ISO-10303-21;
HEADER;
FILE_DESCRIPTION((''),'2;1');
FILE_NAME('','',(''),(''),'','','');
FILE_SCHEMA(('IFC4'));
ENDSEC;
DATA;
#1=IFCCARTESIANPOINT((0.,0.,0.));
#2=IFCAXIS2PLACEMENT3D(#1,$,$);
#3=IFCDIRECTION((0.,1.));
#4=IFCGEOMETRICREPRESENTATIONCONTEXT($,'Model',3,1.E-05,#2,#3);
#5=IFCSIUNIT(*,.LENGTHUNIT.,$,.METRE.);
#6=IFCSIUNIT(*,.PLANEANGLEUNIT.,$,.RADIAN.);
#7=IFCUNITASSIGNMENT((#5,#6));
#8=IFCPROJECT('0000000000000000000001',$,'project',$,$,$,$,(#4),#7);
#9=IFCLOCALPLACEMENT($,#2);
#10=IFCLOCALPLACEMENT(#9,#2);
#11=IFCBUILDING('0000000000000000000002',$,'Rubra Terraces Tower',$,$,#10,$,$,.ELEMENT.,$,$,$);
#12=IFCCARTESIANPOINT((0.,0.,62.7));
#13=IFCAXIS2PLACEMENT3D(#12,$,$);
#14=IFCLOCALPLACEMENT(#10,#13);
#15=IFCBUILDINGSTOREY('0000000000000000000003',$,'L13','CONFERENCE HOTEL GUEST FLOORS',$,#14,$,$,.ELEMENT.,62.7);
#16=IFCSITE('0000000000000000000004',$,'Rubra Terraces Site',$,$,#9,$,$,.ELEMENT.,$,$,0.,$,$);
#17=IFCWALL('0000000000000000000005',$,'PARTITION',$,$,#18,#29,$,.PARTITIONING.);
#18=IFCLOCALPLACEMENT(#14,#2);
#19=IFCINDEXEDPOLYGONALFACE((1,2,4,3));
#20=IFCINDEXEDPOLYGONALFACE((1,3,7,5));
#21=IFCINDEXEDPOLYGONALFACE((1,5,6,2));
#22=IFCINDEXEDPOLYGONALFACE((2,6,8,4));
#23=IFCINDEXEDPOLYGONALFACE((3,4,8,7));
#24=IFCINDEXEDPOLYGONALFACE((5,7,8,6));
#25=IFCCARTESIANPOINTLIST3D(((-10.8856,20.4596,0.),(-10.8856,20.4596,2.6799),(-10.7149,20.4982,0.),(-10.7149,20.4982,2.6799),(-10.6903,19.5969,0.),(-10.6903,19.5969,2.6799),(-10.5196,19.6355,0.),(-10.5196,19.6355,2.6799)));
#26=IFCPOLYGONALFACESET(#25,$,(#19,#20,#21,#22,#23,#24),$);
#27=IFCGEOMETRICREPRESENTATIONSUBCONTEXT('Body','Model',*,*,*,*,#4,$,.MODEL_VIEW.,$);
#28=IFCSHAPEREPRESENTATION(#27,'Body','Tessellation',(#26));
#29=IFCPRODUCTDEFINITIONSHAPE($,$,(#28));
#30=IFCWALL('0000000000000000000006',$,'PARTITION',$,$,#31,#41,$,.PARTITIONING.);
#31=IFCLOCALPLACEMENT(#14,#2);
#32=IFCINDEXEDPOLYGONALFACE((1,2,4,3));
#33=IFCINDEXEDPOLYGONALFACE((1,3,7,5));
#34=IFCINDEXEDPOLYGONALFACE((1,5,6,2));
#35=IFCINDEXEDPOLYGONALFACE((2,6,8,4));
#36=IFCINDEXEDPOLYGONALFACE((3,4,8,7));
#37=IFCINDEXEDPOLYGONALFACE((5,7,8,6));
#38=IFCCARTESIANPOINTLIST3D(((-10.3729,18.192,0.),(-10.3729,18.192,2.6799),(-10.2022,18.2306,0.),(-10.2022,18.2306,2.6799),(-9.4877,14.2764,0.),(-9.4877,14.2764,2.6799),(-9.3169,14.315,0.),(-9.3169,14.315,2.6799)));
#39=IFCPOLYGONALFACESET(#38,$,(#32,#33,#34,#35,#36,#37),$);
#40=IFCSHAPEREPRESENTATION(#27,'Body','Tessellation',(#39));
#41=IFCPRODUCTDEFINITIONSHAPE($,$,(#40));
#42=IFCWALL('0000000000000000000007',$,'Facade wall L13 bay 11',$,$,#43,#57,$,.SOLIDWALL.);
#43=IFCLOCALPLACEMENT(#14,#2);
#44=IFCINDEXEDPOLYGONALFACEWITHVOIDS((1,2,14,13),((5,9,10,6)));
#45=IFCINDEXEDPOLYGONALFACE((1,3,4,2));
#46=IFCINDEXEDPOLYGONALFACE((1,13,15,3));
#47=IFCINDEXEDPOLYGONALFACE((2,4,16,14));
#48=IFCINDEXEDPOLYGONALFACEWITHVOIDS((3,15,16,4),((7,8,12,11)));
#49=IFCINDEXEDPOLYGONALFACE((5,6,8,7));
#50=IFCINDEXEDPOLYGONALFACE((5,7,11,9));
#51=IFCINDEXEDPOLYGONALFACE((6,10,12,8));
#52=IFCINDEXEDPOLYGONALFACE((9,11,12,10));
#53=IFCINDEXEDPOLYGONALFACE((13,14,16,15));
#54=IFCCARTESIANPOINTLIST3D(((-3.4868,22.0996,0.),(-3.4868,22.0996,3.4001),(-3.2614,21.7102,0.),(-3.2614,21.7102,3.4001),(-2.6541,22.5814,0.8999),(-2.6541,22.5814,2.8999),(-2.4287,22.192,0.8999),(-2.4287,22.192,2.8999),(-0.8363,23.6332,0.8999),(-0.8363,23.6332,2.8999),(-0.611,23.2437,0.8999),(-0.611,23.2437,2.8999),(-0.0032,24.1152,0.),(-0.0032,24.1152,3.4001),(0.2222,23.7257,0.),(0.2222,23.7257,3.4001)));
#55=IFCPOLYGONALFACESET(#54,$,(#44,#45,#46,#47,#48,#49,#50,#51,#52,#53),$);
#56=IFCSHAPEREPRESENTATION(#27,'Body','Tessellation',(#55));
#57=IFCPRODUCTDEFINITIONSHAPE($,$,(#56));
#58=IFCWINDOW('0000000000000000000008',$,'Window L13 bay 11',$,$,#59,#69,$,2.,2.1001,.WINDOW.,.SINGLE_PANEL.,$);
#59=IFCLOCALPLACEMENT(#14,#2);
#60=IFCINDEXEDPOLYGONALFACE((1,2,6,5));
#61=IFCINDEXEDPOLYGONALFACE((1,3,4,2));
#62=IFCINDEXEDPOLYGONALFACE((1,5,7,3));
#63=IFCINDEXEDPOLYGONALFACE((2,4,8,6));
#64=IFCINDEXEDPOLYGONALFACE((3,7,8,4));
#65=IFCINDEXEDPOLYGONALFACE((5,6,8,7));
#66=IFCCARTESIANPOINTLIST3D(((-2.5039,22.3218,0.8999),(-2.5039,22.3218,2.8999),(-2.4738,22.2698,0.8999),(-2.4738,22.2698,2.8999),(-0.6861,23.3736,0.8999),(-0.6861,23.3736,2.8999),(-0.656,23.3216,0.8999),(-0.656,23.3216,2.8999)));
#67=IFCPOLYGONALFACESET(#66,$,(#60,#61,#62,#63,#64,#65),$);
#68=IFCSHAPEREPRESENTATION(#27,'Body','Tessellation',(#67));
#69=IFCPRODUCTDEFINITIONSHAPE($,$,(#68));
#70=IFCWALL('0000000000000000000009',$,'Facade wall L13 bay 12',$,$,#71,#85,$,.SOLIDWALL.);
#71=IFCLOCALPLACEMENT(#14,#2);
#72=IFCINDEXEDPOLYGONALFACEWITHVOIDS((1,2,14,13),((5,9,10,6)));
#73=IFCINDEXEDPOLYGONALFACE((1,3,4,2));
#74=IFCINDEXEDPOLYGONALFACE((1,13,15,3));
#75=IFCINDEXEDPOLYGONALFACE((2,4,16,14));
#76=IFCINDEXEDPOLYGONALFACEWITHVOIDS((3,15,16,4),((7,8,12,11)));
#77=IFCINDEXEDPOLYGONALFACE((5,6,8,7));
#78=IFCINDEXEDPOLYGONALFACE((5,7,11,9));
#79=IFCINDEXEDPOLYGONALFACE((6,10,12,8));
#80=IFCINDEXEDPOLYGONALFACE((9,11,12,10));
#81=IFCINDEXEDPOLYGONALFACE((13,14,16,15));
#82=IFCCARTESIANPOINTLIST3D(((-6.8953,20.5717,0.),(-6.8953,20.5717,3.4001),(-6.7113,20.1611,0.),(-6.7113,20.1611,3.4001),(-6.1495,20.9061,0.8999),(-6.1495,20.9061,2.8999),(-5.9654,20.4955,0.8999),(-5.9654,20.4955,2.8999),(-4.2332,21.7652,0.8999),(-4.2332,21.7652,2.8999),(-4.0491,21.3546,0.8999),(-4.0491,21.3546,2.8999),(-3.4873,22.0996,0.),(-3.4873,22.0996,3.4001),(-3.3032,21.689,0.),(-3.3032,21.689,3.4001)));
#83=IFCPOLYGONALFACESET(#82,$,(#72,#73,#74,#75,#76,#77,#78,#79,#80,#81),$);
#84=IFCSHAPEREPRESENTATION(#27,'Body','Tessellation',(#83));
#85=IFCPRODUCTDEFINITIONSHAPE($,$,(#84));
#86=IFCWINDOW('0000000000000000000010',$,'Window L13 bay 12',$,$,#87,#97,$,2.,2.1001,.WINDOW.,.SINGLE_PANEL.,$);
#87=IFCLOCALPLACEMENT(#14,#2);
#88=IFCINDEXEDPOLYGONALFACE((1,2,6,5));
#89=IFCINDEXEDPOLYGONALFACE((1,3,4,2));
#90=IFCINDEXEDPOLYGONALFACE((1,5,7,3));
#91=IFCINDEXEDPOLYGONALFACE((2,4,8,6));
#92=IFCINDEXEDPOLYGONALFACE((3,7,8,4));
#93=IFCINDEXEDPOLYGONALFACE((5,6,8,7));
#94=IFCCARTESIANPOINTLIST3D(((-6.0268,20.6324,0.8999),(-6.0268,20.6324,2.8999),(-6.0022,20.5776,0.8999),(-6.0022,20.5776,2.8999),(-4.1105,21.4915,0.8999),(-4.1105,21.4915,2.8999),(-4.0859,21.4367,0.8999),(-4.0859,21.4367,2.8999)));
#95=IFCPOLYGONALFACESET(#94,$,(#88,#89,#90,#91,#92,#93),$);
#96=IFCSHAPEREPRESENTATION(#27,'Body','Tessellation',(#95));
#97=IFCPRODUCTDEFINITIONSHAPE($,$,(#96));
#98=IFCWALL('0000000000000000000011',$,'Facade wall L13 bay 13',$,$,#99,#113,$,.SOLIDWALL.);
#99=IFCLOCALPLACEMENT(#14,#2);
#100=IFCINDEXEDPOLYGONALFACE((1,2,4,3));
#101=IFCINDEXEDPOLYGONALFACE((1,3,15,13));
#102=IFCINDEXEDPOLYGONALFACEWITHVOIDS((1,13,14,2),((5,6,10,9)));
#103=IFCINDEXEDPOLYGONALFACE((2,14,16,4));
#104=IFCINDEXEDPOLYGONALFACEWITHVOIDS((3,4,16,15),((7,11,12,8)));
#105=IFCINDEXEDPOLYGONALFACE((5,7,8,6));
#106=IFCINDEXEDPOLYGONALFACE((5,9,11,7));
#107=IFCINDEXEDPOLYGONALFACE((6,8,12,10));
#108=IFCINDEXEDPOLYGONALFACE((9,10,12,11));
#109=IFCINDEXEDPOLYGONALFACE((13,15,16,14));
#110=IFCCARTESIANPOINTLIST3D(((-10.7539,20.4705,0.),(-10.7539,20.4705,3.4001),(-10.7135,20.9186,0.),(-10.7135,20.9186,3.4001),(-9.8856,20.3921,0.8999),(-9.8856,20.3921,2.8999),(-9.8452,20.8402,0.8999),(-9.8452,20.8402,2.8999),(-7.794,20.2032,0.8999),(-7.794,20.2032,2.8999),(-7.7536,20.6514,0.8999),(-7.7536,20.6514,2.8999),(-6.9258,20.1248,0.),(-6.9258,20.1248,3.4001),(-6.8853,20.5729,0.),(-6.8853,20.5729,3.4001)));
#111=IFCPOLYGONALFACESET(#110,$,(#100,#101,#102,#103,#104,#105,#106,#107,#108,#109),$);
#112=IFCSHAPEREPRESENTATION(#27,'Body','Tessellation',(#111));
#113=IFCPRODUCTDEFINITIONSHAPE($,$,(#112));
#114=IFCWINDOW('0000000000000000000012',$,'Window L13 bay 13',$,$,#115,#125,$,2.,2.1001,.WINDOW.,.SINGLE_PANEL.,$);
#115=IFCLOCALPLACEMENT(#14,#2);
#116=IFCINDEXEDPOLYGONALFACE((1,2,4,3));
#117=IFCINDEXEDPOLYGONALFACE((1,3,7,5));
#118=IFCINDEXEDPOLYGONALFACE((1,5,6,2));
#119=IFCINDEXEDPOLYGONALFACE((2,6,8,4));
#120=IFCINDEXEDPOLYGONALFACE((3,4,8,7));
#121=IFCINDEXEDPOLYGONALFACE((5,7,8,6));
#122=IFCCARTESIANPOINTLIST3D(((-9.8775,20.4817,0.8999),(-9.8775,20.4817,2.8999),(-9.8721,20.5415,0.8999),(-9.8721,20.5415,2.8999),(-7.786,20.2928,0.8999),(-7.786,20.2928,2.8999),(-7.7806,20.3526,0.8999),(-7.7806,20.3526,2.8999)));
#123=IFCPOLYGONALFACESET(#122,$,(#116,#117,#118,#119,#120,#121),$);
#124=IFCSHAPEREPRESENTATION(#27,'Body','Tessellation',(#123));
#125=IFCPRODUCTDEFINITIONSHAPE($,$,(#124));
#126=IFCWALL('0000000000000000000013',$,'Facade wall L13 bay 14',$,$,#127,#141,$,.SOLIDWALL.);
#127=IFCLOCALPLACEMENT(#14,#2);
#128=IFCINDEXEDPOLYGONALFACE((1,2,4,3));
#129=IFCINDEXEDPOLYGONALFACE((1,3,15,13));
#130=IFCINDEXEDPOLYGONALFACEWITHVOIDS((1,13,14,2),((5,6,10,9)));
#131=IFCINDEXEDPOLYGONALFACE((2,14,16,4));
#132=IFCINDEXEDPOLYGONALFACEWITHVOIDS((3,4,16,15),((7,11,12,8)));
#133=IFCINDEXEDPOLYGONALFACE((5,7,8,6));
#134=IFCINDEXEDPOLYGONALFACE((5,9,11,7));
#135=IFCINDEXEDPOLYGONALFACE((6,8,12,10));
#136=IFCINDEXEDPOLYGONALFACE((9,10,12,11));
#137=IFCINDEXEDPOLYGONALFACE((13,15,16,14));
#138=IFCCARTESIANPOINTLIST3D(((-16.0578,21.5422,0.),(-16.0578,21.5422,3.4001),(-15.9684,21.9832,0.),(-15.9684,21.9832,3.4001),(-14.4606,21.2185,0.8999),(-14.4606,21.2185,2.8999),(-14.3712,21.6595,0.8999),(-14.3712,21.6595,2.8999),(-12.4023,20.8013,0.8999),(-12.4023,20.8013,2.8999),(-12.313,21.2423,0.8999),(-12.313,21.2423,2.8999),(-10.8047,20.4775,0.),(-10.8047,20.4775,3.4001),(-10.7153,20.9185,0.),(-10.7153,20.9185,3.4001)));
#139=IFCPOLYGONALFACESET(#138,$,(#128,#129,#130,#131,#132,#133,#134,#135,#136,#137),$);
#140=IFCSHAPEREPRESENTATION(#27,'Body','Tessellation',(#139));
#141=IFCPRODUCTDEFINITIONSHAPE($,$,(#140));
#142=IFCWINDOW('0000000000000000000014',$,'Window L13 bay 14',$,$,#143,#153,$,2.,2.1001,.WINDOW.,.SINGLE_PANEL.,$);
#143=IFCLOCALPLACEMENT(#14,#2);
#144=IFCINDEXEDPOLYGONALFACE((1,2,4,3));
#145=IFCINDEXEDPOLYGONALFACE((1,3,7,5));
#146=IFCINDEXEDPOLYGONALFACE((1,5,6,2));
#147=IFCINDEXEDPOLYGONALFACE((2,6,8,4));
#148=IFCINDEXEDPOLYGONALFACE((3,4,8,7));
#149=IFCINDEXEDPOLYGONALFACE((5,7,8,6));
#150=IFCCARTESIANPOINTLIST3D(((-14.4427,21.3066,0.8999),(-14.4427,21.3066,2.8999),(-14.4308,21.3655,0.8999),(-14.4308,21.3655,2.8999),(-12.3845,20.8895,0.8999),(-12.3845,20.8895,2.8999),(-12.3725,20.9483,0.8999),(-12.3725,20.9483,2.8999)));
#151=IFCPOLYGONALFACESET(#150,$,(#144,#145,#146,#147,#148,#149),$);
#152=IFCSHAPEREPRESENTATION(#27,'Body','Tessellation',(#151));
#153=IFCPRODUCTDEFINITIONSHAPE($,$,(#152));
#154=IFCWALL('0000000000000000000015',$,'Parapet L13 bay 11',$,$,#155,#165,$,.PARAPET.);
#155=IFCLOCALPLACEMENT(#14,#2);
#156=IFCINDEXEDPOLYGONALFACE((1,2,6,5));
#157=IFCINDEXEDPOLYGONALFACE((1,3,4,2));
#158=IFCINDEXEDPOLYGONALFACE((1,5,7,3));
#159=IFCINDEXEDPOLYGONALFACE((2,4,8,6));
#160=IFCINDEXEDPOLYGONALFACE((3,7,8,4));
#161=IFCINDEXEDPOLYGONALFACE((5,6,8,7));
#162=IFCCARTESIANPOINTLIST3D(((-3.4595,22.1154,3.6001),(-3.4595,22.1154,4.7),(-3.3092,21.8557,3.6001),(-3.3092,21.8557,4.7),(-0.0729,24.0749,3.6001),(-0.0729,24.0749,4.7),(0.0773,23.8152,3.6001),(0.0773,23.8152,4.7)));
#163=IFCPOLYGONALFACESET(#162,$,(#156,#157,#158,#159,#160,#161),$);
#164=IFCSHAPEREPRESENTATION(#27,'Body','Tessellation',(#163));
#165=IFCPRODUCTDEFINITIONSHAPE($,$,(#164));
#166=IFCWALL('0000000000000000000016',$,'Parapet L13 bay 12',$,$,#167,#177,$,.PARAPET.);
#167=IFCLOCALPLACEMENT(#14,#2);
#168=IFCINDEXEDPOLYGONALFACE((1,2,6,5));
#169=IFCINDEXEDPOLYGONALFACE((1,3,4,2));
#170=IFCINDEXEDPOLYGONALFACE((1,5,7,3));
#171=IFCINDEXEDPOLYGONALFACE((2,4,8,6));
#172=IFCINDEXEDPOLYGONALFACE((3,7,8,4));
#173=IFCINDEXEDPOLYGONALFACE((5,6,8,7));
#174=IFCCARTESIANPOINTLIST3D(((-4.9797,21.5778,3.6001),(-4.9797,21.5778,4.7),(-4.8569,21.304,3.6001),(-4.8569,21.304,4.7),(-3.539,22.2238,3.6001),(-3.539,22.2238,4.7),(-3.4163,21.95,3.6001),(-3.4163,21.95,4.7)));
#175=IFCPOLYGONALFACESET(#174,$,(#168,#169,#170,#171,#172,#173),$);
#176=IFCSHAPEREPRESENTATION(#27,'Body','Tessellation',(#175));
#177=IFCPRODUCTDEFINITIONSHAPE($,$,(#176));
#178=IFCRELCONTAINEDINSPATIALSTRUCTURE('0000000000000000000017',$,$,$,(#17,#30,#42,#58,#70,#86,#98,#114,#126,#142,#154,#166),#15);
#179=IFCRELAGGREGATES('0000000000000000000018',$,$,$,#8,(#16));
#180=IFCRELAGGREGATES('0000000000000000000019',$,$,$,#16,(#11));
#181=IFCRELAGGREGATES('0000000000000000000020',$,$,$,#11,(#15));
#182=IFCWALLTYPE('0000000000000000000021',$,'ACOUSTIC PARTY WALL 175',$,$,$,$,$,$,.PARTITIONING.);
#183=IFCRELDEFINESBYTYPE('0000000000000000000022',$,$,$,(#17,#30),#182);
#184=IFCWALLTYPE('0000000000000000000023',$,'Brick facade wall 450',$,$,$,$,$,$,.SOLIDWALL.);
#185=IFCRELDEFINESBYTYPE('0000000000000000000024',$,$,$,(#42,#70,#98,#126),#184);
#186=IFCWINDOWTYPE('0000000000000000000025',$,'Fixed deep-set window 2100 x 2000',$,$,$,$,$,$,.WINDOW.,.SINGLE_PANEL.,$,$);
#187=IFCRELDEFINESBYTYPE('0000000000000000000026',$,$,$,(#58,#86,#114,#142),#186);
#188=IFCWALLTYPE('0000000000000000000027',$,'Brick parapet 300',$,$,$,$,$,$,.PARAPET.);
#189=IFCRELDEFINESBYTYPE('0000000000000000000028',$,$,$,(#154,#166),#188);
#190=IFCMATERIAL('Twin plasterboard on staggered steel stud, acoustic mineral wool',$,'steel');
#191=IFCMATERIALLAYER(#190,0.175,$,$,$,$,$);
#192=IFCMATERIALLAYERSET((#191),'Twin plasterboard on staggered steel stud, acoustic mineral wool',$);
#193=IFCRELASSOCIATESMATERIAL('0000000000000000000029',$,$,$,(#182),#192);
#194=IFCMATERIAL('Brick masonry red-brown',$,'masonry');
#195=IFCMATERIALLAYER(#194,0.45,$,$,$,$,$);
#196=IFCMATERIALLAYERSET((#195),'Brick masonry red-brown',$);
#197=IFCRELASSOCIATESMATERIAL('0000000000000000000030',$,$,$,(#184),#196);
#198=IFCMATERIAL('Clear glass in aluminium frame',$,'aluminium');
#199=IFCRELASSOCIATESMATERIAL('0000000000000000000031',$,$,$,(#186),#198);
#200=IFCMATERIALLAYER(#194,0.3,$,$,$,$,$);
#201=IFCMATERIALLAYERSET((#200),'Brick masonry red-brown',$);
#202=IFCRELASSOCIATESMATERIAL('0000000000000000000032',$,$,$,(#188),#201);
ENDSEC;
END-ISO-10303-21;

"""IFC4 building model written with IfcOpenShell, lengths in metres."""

from ifc_helpers import new_model, si_unit, direction, frame, frame_2d, origin, place, context, subcontext, project, spatial, rectangle, extrude, material, layer, layer_set, type_object, element, fill, save


model = new_model("IFC4")

# Units and contexts
model_context = context("Model", 3, precision=1e-05, world=origin(), true_north=direction((0.0, 1.0)))
body_context = subcontext(model_context, "Body", "Model", "MODEL_VIEW")
ifc_project = project(units=[si_unit("LENGTHUNIT", "METRE"), si_unit("PLANEANGLEUNIT", "RADIAN")], contexts=[model_context])

# Site, building, storey
site_placement = place(None, origin())
site = spatial("IfcSite", under=ifc_project, at=site_placement, Name="Rubra Terraces Site", CompositionType="ELEMENT", RefElevation=0.0)
building_placement = place(site_placement, origin())
building = spatial("IfcBuilding", under=site, at=building_placement, Name="Rubra Terraces Tower", CompositionType="ELEMENT")
storey_placement = place(building_placement, frame((0.0, 0.0, 62.7)))
storey = spatial("IfcBuildingStorey", under=building, at=storey_placement, Name="L13", Description="CONFERENCE HOTEL GUEST FLOORS", CompositionType="ELEMENT", Elevation=62.7)

# Walls
ifc_material_1 = material(Name="Twin plasterboard on staggered steel stud, acoustic mineral wool", Category="steel")
ifc_layer_1 = layer(ifc_material_1, 0.175)
ifc_layer_set_1 = layer_set([ifc_layer_1], Name="Twin plasterboard on staggered steel stud, acoustic mineral wool")
wall_type_1 = type_object("IfcWallType", Name="ACOUSTIC PARTY WALL 175", PredefinedType="PARTITIONING", material=ifc_layer_set_1)
wall_1_placement = place(storey_placement, frame((-10.8003, 20.479, 0.0), z_axis=(0.0, 0.0, 1.0), x_axis=(0.220786, -0.975322, 0.0)))
element("IfcWall", 1, at=wall_1_placement, inside=storey, type_object=wall_type_1, Name="PARTITION", PredefinedType="PARTITIONING", context=body_context, shape_type="SweptSolid", body=[
    extrude(rectangle(XDim=0.8845, YDim=0.175, at=frame_2d((0.4424, 0.0))), origin(), (0.0, 0.0, 1.0), 2.6799),
])
wall_2_placement = place(storey_placement, frame((-10.2876, 18.2114, 0.0), z_axis=(0.0, 0.0, 1.0), x_axis=(0.220522, -0.975382, 0.0)))
element("IfcWall", 2, at=wall_2_placement, inside=storey, type_object=wall_type_1, Name="PARTITION", PredefinedType="PARTITIONING", context=body_context, shape_type="SweptSolid", body=[
    extrude(rectangle(XDim=4.0144, YDim=0.175, at=frame_2d((2.0073, 0.0))), origin(), (0.0, 0.0, 1.0), 2.6799),
])

# Walls, openings, windows
ifc_material_2 = material(Name="Brick masonry red-brown", Category="masonry")
ifc_layer_2 = layer(ifc_material_2, 0.45)
ifc_layer_set_2 = layer_set([ifc_layer_2], Name="Brick masonry red-brown")
wall_type_2 = type_object("IfcWallType", Name="Brick facade wall 450", PredefinedType="SOLIDWALL", material=ifc_layer_set_2)
wall_3_placement = place(storey_placement, frame((0.1094, 23.9204, 0.0), z_axis=(0.0, 0.0, 1.0), x_axis=(-0.865558, -0.500809, 0.0)))
wall_3 = element("IfcWall", 3, at=wall_3_placement, inside=storey, type_object=wall_type_2, Name="Facade wall L13 bay 11", PredefinedType="SOLIDWALL", context=body_context, shape_type="SweptSolid", body=[
    extrude(rectangle(XDim=4.0247, YDim=0.45, at=frame_2d((2.0122, 0.0))), origin(), (0.0, 0.0, 1.0), 3.4001),
])
opening_1_placement = place(wall_3_placement, frame((0.9624, 0.0, 0.8999)))
opening_1 = element("IfcOpeningElement", 4, at=opening_1_placement, cuts=wall_3, PredefinedType="OPENING", context=body_context, shape_type="SweptSolid", body=[
    extrude(rectangle(XDim=2.1001, YDim=2.0, at=frame_2d((1.05, 1.0))), frame((0.0, 0.2349, 0.0), z_axis=(0.0, -1.0, 0.0), x_axis=(1.0, 0.0, 0.0)), (0.0, 0.0, 1.0), 0.47),
])
ifc_material_3 = material(Name="Clear glass in aluminium frame", Category="aluminium")
window_type = type_object("IfcWindowType", Name="Fixed deep-set window 2100 x 2000", PartitioningType="SINGLE_PANEL", PredefinedType="WINDOW", material=ifc_material_3)
window_1_placement = place(opening_1_placement, origin())
window_1 = element("IfcWindow", 5, at=window_1_placement, inside=storey, type_object=window_type, Name="Window L13 bay 11", OverallHeight=2.0, OverallWidth=2.1001, PartitioningType="SINGLE_PANEL", PredefinedType="WINDOW", context=body_context, shape_type="SweptSolid", body=[
    extrude(rectangle(XDim=2.1001, YDim=2.0, at=frame_2d((1.05, 1.0))), frame((0.0, 0.135, 0.0), z_axis=(0.0, -1.0, 0.0), x_axis=(1.0, 0.0, 0.0)), (0.0, 0.0, 1.0), 0.0601),
])
fill(opening_1, window_1)
wall_4_placement = place(storey_placement, frame((-3.3953, 21.8943, 0.0), z_axis=(0.0, 0.0, 1.0), x_axis=(-0.912497, -0.409084, 0.0)))
wall_4 = element("IfcWall", 6, at=wall_4_placement, inside=storey, type_object=wall_type_2, Name="Facade wall L13 bay 12", PredefinedType="SOLIDWALL", context=body_context, shape_type="SweptSolid", body=[
    extrude(rectangle(XDim=3.7349, YDim=0.45, at=frame_2d((1.8674, 0.0))), origin(), (0.0, 0.0, 1.0), 3.4001),
])
opening_2_placement = place(wall_4_placement, frame((0.8174, 0.0, 0.8999)))
opening_2 = element("IfcOpeningElement", 7, at=opening_2_placement, cuts=wall_4, PredefinedType="OPENING", context=body_context, shape_type="SweptSolid", body=[
    extrude(rectangle(XDim=2.1001, YDim=2.0, at=frame_2d((1.05, 1.0))), frame((0.0, 0.2349, 0.0), z_axis=(0.0, -1.0, 0.0), x_axis=(1.0, 0.0, 0.0)), (0.0, 0.0, 1.0), 0.47),
])
window_2_placement = place(opening_2_placement, origin())
window_2 = element("IfcWindow", 8, at=window_2_placement, inside=storey, type_object=window_type, Name="Window L13 bay 12", OverallHeight=2.0, OverallWidth=2.1001, PartitioningType="SINGLE_PANEL", PredefinedType="WINDOW", context=body_context, shape_type="SweptSolid", body=[
    extrude(rectangle(XDim=2.1001, YDim=2.0, at=frame_2d((1.05, 1.0))), frame((0.0, 0.135, 0.0), z_axis=(0.0, -1.0, 0.0), x_axis=(1.0, 0.0, 0.0)), (0.0, 0.0, 1.0), 0.0601),
])
fill(opening_2, window_2)
wall_5_placement = place(storey_placement, frame((-6.9055, 20.3489, 0.0), z_axis=(0.0, 0.0, 1.0), x_axis=(-0.995947, 0.08994, 0.0)))
wall_5 = element("IfcWall", 9, at=wall_5_placement, inside=storey, type_object=wall_type_2, Name="Facade wall L13 bay 13", PredefinedType="SOLIDWALL", context=body_context, shape_type="SweptSolid", body=[
    extrude(rectangle(XDim=3.8438, YDim=0.45, at=frame_2d((1.9219, 0.0))), origin(), (0.0, 0.0, 1.0), 3.4001),
])
opening_3_placement = place(wall_5_placement, frame((0.8718, 0.0, 0.8999)))
opening_3 = element("IfcOpeningElement", 10, at=opening_3_placement, cuts=wall_5, PredefinedType="OPENING", context=body_context, shape_type="SweptSolid", body=[
    extrude(rectangle(XDim=2.1001, YDim=2.0, at=frame_2d((1.05, 1.0))), frame((0.0, 0.2349, 0.0), z_axis=(0.0, -1.0, 0.0), x_axis=(1.0, 0.0, 0.0)), (0.0, 0.0, 1.0), 0.47),
])
window_3_placement = place(opening_3_placement, origin())
window_3 = element("IfcWindow", 11, at=window_3_placement, inside=storey, type_object=window_type, Name="Window L13 bay 13", OverallHeight=2.0, OverallWidth=2.1001, PartitioningType="SINGLE_PANEL", PredefinedType="WINDOW", context=body_context, shape_type="SweptSolid", body=[
    extrude(rectangle(XDim=2.1001, YDim=2.0, at=frame_2d((1.05, 1.0))), frame((0.0, 0.135, 0.0), z_axis=(0.0, -1.0, 0.0), x_axis=(1.0, 0.0, 0.0)), (0.0, 0.0, 1.0), 0.0601),
])
fill(opening_3, window_3)
wall_6_placement = place(storey_placement, frame((-10.76, 20.698, 0.0), z_axis=(0.0, 0.0, 1.0), x_axis=(-0.980073, 0.198638, 0.0)))
wall_6 = element("IfcWall", 12, at=wall_6_placement, inside=storey, type_object=wall_type_2, Name="Facade wall L13 bay 14", PredefinedType="SOLIDWALL", context=body_context, shape_type="SweptSolid", body=[
    extrude(rectangle(XDim=5.3599, YDim=0.45, at=frame_2d((2.6799, 0.0))), origin(), (0.0, 0.0, 1.0), 3.4001),
])
opening_4_placement = place(wall_6_placement, frame((1.6301, 0.0, 0.8999)))
opening_4 = element("IfcOpeningElement", 13, at=opening_4_placement, cuts=wall_6, PredefinedType="OPENING", context=body_context, shape_type="SweptSolid", body=[
    extrude(rectangle(XDim=2.1001, YDim=2.0, at=frame_2d((1.05, 1.0))), frame((0.0, 0.2349, 0.0), z_axis=(0.0, -1.0, 0.0), x_axis=(1.0, 0.0, 0.0)), (0.0, 0.0, 1.0), 0.47),
])
window_4_placement = place(opening_4_placement, origin())
window_4 = element("IfcWindow", 14, at=window_4_placement, inside=storey, type_object=window_type, Name="Window L13 bay 14", OverallHeight=2.0, OverallWidth=2.1001, PartitioningType="SINGLE_PANEL", PredefinedType="WINDOW", context=body_context, shape_type="SweptSolid", body=[
    extrude(rectangle(XDim=2.1001, YDim=2.0, at=frame_2d((1.05, 1.0))), frame((0.0, 0.135, 0.0), z_axis=(0.0, -1.0, 0.0), x_axis=(1.0, 0.0, 0.0)), (0.0, 0.0, 1.0), 0.0601),
])
fill(opening_4, window_4)

# Walls
ifc_layer_3 = layer(ifc_material_2, 0.3)
ifc_layer_set_3 = layer_set([ifc_layer_3], Name="Brick masonry red-brown")
wall_type_3 = type_object("IfcWallType", Name="Brick parapet 300", PredefinedType="PARAPET", material=ifc_layer_set_3)
wall_7_placement = place(storey_placement, frame((0.0022, 23.9451, 3.6001), z_axis=(0.0, 0.0, 1.0), x_axis=(-0.86555, -0.500822, 0.0)))
element("IfcWall", 15, at=wall_7_placement, inside=storey, type_object=wall_type_3, Name="Parapet L13 bay 11", PredefinedType="PARAPET", context=body_context, shape_type="SweptSolid", body=[
    extrude(rectangle(XDim=3.9126, YDim=0.3, at=frame_2d((1.9563, 0.0))), origin(), (0.0, 0.0, 1.0), 1.0999),
])
wall_8_placement = place(storey_placement, frame((-3.4775, 22.0869, 3.6001), z_axis=(0.0, 0.0, 1.0), x_axis=(-0.912468, -0.409149, 0.0)))
element("IfcWall", 16, at=wall_8_placement, inside=storey, type_object=wall_type_3, Name="Parapet L13 bay 12", PredefinedType="PARAPET", context=body_context, shape_type="SweptSolid", body=[
    extrude(rectangle(XDim=1.5789, YDim=0.3, at=frame_2d((0.7896, 0.0))), origin(), (0.0, 0.0, 1.0), 1.0999),
])

save(model, "model.ifc")
